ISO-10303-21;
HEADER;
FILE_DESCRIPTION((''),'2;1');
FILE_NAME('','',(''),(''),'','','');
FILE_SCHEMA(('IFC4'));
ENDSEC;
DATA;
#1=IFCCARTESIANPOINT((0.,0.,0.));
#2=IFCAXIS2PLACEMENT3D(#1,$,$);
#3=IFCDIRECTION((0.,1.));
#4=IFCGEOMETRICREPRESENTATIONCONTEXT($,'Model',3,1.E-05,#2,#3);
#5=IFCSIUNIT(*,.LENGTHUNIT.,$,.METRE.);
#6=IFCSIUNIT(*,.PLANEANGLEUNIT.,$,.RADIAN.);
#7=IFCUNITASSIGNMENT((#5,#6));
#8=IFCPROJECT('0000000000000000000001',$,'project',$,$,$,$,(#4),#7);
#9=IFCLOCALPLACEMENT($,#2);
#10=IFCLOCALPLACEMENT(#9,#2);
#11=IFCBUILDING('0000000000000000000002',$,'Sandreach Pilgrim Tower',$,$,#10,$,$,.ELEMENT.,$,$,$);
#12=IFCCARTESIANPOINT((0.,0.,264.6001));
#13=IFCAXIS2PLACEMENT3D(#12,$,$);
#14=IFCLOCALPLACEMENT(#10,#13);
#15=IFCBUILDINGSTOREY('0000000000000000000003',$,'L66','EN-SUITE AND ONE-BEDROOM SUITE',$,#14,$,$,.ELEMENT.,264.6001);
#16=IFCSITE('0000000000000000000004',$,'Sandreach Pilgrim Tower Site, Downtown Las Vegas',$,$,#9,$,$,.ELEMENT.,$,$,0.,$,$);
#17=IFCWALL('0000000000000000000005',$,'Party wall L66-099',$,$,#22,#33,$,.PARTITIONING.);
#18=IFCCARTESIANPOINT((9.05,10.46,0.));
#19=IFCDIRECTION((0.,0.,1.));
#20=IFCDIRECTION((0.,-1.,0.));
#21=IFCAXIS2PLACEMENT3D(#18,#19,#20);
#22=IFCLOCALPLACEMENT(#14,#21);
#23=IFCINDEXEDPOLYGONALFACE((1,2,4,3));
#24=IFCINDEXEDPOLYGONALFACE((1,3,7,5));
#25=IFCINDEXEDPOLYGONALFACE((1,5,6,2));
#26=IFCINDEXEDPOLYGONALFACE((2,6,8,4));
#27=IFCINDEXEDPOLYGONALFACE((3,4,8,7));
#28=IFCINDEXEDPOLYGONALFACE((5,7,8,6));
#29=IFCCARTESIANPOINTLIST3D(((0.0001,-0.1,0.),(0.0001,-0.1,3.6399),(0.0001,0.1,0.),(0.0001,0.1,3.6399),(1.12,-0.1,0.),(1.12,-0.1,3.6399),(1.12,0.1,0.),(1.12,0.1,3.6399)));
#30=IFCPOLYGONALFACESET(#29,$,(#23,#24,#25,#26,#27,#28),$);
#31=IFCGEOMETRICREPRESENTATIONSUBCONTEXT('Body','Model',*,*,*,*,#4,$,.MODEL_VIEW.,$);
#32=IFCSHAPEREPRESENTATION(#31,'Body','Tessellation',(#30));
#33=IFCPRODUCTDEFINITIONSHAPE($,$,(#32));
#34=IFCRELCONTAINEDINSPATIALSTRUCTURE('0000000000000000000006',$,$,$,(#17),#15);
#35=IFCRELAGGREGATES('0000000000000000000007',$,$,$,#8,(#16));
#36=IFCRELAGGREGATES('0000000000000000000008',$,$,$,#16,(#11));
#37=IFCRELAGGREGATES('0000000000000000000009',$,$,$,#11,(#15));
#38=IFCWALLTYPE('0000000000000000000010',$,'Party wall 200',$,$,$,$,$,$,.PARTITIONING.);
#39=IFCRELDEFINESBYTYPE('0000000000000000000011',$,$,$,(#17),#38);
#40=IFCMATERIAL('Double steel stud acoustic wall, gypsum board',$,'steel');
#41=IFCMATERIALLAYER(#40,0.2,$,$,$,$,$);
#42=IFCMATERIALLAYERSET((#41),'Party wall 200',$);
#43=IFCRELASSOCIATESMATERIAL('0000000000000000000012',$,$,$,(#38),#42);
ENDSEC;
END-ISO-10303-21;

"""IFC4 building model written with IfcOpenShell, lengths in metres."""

from ifc_helpers import new_model, si_unit, direction, frame, frame_2d, origin, place, context, subcontext, project, spatial, rectangle, extrude, material, layer, layer_set, type_object, element, save


model = new_model("IFC4")

# Units and contexts
model_context = context("Model", 3, precision=1e-05, world=origin(), true_north=direction((0.0, 1.0)))
body_context = subcontext(model_context, "Body", "Model", "MODEL_VIEW")
ifc_project = project(units=[si_unit("LENGTHUNIT", "METRE"), si_unit("PLANEANGLEUNIT", "RADIAN")], contexts=[model_context])

# Site, building, storey
site_placement = place(None, origin())
site = spatial("IfcSite", under=ifc_project, at=site_placement, Name="Sandreach Pilgrim Tower Site, Downtown Las Vegas", CompositionType="ELEMENT", RefElevation=0.0)
building_placement = place(site_placement, origin())
building = spatial("IfcBuilding", under=site, at=building_placement, Name="Sandreach Pilgrim Tower", CompositionType="ELEMENT")
storey_placement = place(building_placement, frame((0.0, 0.0, 264.6001)))
storey = spatial("IfcBuildingStorey", under=building, at=storey_placement, Name="L66", Description="EN-SUITE AND ONE-BEDROOM SUITE", CompositionType="ELEMENT", Elevation=264.6001)

# Wall
ifc_material_1 = material(Name="Double steel stud acoustic wall, gypsum board", Category="steel")
ifc_layer_1 = layer(ifc_material_1, 0.2)
ifc_layer_set_1 = layer_set([ifc_layer_1], Name="Party wall 200")
wall_type_1 = type_object("IfcWallType", Name="Party wall 200", PredefinedType="PARTITIONING", material=ifc_layer_set_1)
wall_1_placement = place(storey_placement, frame((9.05, 10.46, 0.0), z_axis=(0.0, 0.0, 1.0), x_axis=(0.0, -1.0, 0.0)))
element("IfcWall", 1, at=wall_1_placement, inside=storey, type_object=wall_type_1, Name="Party wall L66-099", PredefinedType="PARTITIONING", context=body_context, shape_type="SweptSolid", body=[
    extrude(rectangle(XDim=1.1199, YDim=0.2, at=frame_2d((0.5601, 0.0))), origin(), (0.0, 0.0, 1.0), 3.6399),
])

save(model, "model.ifc")
